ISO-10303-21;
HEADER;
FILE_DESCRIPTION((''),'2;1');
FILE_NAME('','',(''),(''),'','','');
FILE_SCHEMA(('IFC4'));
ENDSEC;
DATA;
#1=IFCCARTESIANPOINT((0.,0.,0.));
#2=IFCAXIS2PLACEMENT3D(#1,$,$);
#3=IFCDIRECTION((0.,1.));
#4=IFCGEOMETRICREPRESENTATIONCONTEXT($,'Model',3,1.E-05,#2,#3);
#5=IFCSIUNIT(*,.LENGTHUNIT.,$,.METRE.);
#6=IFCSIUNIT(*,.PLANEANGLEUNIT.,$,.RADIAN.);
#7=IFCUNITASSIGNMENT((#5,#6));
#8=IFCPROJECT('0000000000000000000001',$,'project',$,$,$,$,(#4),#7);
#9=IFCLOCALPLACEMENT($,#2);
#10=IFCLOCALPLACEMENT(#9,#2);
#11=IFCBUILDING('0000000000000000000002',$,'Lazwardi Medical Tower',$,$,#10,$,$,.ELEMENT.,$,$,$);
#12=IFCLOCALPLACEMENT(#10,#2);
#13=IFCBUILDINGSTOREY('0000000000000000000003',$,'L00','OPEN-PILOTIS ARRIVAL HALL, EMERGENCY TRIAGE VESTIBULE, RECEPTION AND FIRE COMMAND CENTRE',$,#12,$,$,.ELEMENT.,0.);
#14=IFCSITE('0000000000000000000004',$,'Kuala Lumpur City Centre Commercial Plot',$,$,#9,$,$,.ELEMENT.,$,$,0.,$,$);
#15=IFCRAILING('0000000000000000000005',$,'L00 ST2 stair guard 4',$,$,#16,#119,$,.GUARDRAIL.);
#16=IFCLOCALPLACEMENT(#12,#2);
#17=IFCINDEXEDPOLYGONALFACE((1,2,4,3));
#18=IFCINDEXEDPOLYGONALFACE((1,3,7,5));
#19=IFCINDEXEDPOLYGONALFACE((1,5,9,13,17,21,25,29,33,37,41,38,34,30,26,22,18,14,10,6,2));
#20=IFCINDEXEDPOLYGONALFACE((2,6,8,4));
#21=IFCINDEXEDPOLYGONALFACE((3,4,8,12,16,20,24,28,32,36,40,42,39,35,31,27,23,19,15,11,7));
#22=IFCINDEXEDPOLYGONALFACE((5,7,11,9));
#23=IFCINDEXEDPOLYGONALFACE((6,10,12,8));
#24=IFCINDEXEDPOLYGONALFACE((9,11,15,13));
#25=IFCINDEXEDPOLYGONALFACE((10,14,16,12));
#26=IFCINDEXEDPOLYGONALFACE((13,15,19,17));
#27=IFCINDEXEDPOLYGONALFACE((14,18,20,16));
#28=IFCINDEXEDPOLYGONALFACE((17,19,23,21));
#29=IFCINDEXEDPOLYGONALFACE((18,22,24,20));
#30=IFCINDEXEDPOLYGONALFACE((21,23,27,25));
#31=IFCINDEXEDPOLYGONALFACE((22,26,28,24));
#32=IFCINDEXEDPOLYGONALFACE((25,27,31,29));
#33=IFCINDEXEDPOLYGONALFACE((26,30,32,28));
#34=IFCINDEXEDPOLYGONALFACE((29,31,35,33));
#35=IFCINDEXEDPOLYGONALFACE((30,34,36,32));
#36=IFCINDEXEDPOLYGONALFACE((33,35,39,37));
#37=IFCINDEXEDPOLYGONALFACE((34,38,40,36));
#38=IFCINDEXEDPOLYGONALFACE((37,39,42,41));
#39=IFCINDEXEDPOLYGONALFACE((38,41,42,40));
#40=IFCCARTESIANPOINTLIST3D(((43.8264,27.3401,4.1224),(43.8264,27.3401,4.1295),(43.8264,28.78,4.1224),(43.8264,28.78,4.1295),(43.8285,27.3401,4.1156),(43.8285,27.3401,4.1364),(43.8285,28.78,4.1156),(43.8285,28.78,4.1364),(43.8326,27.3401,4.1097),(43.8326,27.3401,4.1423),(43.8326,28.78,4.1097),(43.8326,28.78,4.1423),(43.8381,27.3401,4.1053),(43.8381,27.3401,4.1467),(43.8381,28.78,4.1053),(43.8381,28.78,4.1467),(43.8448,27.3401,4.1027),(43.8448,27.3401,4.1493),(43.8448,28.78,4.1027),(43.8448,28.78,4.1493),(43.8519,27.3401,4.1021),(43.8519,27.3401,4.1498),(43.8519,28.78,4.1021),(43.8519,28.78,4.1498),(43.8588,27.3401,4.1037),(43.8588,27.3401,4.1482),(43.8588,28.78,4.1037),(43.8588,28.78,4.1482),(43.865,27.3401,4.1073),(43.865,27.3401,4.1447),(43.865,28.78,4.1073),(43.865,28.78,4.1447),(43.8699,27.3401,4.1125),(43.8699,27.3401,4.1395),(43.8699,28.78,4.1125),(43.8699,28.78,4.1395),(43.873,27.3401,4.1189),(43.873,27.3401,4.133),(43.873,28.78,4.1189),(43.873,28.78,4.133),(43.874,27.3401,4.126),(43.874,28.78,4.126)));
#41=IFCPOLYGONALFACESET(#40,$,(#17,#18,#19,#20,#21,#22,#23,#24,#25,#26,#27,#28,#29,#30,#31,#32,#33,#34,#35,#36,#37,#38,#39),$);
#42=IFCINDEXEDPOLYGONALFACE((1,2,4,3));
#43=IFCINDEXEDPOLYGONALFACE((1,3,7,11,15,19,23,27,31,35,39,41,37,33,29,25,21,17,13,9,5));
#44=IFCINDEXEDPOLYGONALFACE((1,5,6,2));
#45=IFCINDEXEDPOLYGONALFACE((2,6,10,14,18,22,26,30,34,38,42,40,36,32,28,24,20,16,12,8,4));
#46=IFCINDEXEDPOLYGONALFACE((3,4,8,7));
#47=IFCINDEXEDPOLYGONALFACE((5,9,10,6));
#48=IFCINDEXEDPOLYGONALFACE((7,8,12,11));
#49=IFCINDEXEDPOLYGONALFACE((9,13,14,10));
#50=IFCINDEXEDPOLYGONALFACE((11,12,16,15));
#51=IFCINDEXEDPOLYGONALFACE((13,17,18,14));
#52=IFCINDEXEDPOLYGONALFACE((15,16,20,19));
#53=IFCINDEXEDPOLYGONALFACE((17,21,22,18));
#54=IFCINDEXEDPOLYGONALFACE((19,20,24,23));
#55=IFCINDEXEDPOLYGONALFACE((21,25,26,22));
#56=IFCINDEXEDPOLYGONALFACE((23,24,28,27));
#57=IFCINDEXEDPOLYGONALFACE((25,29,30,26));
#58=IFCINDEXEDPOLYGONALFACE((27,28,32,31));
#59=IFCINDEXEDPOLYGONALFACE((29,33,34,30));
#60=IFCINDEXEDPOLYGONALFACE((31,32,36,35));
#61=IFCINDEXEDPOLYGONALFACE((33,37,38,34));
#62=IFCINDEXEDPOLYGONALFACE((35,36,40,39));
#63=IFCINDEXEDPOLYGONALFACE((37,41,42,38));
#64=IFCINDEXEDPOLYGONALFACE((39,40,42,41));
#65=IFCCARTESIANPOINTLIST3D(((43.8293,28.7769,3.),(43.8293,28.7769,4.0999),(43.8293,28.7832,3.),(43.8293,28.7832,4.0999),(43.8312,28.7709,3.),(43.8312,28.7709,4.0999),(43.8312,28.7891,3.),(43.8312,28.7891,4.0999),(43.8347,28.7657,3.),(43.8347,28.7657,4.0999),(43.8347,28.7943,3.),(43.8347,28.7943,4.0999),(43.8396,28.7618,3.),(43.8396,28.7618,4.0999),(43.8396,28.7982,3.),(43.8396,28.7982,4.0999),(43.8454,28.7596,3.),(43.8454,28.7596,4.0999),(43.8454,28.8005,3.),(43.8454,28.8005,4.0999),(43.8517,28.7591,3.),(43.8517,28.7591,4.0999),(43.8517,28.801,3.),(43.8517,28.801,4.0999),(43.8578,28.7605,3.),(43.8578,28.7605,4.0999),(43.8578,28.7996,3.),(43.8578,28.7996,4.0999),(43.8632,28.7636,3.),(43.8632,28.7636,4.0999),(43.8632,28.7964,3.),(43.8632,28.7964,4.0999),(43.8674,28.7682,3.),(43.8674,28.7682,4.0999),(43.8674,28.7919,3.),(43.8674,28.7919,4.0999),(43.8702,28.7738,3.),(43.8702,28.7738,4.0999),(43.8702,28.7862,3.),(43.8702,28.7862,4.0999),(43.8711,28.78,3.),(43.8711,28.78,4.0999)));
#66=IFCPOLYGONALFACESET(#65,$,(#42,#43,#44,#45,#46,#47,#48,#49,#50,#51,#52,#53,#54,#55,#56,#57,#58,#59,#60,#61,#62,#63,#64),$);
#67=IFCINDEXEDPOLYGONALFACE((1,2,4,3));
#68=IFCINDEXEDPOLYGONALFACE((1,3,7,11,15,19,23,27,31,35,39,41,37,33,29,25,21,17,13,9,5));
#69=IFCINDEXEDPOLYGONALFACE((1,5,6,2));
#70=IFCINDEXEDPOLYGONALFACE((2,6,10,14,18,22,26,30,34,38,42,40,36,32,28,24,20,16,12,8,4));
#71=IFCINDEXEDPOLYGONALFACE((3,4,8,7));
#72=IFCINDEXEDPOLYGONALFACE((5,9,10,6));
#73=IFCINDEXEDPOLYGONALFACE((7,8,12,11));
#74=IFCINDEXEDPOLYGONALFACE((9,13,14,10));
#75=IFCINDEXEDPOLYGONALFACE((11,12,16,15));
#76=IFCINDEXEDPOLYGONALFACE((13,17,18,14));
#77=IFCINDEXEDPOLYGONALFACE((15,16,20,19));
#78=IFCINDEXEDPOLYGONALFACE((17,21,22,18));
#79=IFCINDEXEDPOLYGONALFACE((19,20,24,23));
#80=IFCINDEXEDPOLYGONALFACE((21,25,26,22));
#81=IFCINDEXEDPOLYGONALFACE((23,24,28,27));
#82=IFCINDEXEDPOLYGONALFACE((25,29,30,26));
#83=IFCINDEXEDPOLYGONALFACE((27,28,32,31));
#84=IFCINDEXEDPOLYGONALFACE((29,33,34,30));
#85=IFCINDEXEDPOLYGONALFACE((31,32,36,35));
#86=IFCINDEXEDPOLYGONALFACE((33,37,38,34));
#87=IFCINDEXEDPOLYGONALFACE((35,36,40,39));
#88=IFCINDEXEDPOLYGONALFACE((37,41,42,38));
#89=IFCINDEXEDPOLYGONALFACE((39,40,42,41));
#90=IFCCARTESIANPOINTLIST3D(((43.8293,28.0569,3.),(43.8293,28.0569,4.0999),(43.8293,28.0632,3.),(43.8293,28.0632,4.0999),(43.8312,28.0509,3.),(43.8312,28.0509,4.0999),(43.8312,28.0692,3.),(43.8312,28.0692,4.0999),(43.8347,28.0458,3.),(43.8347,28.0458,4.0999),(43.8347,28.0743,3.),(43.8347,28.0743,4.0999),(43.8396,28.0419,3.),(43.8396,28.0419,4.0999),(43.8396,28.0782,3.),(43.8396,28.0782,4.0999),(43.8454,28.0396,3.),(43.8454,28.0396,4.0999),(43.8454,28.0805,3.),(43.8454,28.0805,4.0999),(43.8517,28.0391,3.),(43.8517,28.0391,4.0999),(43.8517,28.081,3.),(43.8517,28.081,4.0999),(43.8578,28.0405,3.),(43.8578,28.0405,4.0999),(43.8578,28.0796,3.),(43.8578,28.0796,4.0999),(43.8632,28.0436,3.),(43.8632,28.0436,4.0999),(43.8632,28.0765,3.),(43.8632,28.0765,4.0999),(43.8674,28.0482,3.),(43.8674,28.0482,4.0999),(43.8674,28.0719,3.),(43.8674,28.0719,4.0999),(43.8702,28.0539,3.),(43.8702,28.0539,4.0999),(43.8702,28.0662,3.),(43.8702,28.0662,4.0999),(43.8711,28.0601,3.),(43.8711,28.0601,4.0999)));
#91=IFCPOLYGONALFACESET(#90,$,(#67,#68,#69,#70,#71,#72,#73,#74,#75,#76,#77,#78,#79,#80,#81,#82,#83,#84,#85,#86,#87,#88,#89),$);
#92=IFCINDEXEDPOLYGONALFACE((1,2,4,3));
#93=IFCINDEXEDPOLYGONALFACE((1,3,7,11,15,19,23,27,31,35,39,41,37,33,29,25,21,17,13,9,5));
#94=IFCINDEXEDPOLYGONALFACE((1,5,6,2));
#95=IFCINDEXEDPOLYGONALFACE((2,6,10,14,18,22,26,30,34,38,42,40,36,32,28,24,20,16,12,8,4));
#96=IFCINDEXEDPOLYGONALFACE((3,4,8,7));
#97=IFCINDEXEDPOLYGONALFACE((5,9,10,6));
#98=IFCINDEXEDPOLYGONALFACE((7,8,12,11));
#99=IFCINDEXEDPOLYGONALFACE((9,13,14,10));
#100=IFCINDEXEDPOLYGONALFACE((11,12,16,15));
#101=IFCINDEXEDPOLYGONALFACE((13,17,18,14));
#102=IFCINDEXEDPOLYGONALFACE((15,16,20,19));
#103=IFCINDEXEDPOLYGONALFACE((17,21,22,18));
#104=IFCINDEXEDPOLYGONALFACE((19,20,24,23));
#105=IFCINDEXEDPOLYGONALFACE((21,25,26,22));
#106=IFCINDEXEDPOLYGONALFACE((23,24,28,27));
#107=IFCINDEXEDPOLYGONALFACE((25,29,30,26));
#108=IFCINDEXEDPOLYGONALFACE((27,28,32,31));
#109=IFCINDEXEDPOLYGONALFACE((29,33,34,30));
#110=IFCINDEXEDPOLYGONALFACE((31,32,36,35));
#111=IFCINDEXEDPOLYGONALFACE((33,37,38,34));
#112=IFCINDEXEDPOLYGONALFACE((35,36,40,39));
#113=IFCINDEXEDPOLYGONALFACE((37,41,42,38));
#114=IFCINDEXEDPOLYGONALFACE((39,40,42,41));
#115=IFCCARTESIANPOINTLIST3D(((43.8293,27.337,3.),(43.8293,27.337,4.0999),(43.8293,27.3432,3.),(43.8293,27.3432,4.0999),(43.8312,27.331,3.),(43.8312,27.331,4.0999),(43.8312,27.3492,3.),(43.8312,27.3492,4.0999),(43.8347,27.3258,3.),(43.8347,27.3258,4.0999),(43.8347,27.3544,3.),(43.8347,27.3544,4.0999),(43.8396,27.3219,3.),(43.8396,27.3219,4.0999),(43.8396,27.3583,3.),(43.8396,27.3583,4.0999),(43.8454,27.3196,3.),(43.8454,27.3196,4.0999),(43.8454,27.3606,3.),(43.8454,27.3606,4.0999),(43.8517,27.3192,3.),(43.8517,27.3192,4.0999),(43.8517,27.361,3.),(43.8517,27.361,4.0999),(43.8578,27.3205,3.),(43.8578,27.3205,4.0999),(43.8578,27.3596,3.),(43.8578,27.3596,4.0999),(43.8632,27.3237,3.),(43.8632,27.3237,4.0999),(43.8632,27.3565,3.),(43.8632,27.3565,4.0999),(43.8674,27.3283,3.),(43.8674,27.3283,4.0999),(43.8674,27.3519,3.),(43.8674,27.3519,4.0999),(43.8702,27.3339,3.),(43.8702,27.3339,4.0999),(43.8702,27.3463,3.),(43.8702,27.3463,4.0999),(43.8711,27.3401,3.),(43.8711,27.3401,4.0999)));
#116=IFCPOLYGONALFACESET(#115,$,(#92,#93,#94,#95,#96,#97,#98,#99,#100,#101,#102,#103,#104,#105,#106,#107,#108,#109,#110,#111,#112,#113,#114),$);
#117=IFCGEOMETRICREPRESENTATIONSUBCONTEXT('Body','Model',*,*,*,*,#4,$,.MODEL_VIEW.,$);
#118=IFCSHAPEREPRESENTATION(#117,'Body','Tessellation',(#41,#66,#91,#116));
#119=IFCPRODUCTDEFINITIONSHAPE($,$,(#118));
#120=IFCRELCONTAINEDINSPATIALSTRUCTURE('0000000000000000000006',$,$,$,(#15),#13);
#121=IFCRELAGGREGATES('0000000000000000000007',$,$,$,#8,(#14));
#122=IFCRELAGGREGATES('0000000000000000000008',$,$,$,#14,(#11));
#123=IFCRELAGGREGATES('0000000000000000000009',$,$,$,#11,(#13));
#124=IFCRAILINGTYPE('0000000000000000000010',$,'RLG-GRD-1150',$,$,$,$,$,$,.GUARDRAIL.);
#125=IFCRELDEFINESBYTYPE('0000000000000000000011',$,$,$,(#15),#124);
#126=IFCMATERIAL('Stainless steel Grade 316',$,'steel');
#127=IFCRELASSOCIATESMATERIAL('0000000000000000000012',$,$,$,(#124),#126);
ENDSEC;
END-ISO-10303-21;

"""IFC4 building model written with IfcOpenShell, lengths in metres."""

from ifc_helpers import new_model, si_unit, direction, frame, origin, origin_2d, place, context, subcontext, project, spatial, circle, extrude, material, type_object, element, save


model = new_model("IFC4")

# Units and contexts
model_context = context("Model", 3, precision=1e-05, world=origin(), true_north=direction((0.0, 1.0)))
body_context = subcontext(model_context, "Body", "Model", "MODEL_VIEW")
ifc_project = project(units=[si_unit("LENGTHUNIT", "METRE"), si_unit("PLANEANGLEUNIT", "RADIAN")], contexts=[model_context])

# Site, building, storey
site_placement = place(None, origin())
site = spatial("IfcSite", under=ifc_project, at=site_placement, Name="Kuala Lumpur City Centre Commercial Plot", CompositionType="ELEMENT", RefElevation=0.0)
building_placement = place(site_placement, origin())
building = spatial("IfcBuilding", under=site, at=building_placement, Name="Lazwardi Medical Tower", CompositionType="ELEMENT")
storey_placement = place(building_placement, origin())
storey = spatial("IfcBuildingStorey", under=building, at=storey_placement, Name="L00", Description="OPEN-PILOTIS ARRIVAL HALL, EMERGENCY TRIAGE VESTIBULE, RECEPTION AND FIRE COMMAND CENTRE", CompositionType="ELEMENT", Elevation=0.0)

# Railing
ifc_material_1 = material(Name="Stainless steel Grade 316", Category="steel")
railing_type_1 = type_object("IfcRailingType", Name="RLG-GRD-1150", PredefinedType="GUARDRAIL", material=ifc_material_1)
railing_1_placement = place(storey_placement, frame((43.8501, 28.78, 3.0)))
element("IfcRailing", 1, at=railing_1_placement, inside=storey, type_object=railing_type_1, Name="L00 ST2 stair guard 4", PredefinedType="GUARDRAIL", context=body_context, shape_type="SweptSolid", body=[
    extrude(circle(Radius=0.0239, at=origin_2d()), frame((0.0, 0.0, 1.126), z_axis=(0.0, -1.0, 0.0), x_axis=(1.0, 0.0, 0.0)), (0.0, 0.0, 1.0), 1.4399),
    extrude(circle(Radius=0.021, at=origin_2d()), origin(), (0.0, 0.0, 1.0), 1.0999),
    extrude(circle(Radius=0.021, at=origin_2d()), frame((0.0, -0.72, 0.0)), (0.0, 0.0, 1.0), 1.0999),
    extrude(circle(Radius=0.021, at=origin_2d()), frame((0.0, -1.4399, 0.0)), (0.0, 0.0, 1.0), 1.0999),
])

save(model, "model.ifc")
